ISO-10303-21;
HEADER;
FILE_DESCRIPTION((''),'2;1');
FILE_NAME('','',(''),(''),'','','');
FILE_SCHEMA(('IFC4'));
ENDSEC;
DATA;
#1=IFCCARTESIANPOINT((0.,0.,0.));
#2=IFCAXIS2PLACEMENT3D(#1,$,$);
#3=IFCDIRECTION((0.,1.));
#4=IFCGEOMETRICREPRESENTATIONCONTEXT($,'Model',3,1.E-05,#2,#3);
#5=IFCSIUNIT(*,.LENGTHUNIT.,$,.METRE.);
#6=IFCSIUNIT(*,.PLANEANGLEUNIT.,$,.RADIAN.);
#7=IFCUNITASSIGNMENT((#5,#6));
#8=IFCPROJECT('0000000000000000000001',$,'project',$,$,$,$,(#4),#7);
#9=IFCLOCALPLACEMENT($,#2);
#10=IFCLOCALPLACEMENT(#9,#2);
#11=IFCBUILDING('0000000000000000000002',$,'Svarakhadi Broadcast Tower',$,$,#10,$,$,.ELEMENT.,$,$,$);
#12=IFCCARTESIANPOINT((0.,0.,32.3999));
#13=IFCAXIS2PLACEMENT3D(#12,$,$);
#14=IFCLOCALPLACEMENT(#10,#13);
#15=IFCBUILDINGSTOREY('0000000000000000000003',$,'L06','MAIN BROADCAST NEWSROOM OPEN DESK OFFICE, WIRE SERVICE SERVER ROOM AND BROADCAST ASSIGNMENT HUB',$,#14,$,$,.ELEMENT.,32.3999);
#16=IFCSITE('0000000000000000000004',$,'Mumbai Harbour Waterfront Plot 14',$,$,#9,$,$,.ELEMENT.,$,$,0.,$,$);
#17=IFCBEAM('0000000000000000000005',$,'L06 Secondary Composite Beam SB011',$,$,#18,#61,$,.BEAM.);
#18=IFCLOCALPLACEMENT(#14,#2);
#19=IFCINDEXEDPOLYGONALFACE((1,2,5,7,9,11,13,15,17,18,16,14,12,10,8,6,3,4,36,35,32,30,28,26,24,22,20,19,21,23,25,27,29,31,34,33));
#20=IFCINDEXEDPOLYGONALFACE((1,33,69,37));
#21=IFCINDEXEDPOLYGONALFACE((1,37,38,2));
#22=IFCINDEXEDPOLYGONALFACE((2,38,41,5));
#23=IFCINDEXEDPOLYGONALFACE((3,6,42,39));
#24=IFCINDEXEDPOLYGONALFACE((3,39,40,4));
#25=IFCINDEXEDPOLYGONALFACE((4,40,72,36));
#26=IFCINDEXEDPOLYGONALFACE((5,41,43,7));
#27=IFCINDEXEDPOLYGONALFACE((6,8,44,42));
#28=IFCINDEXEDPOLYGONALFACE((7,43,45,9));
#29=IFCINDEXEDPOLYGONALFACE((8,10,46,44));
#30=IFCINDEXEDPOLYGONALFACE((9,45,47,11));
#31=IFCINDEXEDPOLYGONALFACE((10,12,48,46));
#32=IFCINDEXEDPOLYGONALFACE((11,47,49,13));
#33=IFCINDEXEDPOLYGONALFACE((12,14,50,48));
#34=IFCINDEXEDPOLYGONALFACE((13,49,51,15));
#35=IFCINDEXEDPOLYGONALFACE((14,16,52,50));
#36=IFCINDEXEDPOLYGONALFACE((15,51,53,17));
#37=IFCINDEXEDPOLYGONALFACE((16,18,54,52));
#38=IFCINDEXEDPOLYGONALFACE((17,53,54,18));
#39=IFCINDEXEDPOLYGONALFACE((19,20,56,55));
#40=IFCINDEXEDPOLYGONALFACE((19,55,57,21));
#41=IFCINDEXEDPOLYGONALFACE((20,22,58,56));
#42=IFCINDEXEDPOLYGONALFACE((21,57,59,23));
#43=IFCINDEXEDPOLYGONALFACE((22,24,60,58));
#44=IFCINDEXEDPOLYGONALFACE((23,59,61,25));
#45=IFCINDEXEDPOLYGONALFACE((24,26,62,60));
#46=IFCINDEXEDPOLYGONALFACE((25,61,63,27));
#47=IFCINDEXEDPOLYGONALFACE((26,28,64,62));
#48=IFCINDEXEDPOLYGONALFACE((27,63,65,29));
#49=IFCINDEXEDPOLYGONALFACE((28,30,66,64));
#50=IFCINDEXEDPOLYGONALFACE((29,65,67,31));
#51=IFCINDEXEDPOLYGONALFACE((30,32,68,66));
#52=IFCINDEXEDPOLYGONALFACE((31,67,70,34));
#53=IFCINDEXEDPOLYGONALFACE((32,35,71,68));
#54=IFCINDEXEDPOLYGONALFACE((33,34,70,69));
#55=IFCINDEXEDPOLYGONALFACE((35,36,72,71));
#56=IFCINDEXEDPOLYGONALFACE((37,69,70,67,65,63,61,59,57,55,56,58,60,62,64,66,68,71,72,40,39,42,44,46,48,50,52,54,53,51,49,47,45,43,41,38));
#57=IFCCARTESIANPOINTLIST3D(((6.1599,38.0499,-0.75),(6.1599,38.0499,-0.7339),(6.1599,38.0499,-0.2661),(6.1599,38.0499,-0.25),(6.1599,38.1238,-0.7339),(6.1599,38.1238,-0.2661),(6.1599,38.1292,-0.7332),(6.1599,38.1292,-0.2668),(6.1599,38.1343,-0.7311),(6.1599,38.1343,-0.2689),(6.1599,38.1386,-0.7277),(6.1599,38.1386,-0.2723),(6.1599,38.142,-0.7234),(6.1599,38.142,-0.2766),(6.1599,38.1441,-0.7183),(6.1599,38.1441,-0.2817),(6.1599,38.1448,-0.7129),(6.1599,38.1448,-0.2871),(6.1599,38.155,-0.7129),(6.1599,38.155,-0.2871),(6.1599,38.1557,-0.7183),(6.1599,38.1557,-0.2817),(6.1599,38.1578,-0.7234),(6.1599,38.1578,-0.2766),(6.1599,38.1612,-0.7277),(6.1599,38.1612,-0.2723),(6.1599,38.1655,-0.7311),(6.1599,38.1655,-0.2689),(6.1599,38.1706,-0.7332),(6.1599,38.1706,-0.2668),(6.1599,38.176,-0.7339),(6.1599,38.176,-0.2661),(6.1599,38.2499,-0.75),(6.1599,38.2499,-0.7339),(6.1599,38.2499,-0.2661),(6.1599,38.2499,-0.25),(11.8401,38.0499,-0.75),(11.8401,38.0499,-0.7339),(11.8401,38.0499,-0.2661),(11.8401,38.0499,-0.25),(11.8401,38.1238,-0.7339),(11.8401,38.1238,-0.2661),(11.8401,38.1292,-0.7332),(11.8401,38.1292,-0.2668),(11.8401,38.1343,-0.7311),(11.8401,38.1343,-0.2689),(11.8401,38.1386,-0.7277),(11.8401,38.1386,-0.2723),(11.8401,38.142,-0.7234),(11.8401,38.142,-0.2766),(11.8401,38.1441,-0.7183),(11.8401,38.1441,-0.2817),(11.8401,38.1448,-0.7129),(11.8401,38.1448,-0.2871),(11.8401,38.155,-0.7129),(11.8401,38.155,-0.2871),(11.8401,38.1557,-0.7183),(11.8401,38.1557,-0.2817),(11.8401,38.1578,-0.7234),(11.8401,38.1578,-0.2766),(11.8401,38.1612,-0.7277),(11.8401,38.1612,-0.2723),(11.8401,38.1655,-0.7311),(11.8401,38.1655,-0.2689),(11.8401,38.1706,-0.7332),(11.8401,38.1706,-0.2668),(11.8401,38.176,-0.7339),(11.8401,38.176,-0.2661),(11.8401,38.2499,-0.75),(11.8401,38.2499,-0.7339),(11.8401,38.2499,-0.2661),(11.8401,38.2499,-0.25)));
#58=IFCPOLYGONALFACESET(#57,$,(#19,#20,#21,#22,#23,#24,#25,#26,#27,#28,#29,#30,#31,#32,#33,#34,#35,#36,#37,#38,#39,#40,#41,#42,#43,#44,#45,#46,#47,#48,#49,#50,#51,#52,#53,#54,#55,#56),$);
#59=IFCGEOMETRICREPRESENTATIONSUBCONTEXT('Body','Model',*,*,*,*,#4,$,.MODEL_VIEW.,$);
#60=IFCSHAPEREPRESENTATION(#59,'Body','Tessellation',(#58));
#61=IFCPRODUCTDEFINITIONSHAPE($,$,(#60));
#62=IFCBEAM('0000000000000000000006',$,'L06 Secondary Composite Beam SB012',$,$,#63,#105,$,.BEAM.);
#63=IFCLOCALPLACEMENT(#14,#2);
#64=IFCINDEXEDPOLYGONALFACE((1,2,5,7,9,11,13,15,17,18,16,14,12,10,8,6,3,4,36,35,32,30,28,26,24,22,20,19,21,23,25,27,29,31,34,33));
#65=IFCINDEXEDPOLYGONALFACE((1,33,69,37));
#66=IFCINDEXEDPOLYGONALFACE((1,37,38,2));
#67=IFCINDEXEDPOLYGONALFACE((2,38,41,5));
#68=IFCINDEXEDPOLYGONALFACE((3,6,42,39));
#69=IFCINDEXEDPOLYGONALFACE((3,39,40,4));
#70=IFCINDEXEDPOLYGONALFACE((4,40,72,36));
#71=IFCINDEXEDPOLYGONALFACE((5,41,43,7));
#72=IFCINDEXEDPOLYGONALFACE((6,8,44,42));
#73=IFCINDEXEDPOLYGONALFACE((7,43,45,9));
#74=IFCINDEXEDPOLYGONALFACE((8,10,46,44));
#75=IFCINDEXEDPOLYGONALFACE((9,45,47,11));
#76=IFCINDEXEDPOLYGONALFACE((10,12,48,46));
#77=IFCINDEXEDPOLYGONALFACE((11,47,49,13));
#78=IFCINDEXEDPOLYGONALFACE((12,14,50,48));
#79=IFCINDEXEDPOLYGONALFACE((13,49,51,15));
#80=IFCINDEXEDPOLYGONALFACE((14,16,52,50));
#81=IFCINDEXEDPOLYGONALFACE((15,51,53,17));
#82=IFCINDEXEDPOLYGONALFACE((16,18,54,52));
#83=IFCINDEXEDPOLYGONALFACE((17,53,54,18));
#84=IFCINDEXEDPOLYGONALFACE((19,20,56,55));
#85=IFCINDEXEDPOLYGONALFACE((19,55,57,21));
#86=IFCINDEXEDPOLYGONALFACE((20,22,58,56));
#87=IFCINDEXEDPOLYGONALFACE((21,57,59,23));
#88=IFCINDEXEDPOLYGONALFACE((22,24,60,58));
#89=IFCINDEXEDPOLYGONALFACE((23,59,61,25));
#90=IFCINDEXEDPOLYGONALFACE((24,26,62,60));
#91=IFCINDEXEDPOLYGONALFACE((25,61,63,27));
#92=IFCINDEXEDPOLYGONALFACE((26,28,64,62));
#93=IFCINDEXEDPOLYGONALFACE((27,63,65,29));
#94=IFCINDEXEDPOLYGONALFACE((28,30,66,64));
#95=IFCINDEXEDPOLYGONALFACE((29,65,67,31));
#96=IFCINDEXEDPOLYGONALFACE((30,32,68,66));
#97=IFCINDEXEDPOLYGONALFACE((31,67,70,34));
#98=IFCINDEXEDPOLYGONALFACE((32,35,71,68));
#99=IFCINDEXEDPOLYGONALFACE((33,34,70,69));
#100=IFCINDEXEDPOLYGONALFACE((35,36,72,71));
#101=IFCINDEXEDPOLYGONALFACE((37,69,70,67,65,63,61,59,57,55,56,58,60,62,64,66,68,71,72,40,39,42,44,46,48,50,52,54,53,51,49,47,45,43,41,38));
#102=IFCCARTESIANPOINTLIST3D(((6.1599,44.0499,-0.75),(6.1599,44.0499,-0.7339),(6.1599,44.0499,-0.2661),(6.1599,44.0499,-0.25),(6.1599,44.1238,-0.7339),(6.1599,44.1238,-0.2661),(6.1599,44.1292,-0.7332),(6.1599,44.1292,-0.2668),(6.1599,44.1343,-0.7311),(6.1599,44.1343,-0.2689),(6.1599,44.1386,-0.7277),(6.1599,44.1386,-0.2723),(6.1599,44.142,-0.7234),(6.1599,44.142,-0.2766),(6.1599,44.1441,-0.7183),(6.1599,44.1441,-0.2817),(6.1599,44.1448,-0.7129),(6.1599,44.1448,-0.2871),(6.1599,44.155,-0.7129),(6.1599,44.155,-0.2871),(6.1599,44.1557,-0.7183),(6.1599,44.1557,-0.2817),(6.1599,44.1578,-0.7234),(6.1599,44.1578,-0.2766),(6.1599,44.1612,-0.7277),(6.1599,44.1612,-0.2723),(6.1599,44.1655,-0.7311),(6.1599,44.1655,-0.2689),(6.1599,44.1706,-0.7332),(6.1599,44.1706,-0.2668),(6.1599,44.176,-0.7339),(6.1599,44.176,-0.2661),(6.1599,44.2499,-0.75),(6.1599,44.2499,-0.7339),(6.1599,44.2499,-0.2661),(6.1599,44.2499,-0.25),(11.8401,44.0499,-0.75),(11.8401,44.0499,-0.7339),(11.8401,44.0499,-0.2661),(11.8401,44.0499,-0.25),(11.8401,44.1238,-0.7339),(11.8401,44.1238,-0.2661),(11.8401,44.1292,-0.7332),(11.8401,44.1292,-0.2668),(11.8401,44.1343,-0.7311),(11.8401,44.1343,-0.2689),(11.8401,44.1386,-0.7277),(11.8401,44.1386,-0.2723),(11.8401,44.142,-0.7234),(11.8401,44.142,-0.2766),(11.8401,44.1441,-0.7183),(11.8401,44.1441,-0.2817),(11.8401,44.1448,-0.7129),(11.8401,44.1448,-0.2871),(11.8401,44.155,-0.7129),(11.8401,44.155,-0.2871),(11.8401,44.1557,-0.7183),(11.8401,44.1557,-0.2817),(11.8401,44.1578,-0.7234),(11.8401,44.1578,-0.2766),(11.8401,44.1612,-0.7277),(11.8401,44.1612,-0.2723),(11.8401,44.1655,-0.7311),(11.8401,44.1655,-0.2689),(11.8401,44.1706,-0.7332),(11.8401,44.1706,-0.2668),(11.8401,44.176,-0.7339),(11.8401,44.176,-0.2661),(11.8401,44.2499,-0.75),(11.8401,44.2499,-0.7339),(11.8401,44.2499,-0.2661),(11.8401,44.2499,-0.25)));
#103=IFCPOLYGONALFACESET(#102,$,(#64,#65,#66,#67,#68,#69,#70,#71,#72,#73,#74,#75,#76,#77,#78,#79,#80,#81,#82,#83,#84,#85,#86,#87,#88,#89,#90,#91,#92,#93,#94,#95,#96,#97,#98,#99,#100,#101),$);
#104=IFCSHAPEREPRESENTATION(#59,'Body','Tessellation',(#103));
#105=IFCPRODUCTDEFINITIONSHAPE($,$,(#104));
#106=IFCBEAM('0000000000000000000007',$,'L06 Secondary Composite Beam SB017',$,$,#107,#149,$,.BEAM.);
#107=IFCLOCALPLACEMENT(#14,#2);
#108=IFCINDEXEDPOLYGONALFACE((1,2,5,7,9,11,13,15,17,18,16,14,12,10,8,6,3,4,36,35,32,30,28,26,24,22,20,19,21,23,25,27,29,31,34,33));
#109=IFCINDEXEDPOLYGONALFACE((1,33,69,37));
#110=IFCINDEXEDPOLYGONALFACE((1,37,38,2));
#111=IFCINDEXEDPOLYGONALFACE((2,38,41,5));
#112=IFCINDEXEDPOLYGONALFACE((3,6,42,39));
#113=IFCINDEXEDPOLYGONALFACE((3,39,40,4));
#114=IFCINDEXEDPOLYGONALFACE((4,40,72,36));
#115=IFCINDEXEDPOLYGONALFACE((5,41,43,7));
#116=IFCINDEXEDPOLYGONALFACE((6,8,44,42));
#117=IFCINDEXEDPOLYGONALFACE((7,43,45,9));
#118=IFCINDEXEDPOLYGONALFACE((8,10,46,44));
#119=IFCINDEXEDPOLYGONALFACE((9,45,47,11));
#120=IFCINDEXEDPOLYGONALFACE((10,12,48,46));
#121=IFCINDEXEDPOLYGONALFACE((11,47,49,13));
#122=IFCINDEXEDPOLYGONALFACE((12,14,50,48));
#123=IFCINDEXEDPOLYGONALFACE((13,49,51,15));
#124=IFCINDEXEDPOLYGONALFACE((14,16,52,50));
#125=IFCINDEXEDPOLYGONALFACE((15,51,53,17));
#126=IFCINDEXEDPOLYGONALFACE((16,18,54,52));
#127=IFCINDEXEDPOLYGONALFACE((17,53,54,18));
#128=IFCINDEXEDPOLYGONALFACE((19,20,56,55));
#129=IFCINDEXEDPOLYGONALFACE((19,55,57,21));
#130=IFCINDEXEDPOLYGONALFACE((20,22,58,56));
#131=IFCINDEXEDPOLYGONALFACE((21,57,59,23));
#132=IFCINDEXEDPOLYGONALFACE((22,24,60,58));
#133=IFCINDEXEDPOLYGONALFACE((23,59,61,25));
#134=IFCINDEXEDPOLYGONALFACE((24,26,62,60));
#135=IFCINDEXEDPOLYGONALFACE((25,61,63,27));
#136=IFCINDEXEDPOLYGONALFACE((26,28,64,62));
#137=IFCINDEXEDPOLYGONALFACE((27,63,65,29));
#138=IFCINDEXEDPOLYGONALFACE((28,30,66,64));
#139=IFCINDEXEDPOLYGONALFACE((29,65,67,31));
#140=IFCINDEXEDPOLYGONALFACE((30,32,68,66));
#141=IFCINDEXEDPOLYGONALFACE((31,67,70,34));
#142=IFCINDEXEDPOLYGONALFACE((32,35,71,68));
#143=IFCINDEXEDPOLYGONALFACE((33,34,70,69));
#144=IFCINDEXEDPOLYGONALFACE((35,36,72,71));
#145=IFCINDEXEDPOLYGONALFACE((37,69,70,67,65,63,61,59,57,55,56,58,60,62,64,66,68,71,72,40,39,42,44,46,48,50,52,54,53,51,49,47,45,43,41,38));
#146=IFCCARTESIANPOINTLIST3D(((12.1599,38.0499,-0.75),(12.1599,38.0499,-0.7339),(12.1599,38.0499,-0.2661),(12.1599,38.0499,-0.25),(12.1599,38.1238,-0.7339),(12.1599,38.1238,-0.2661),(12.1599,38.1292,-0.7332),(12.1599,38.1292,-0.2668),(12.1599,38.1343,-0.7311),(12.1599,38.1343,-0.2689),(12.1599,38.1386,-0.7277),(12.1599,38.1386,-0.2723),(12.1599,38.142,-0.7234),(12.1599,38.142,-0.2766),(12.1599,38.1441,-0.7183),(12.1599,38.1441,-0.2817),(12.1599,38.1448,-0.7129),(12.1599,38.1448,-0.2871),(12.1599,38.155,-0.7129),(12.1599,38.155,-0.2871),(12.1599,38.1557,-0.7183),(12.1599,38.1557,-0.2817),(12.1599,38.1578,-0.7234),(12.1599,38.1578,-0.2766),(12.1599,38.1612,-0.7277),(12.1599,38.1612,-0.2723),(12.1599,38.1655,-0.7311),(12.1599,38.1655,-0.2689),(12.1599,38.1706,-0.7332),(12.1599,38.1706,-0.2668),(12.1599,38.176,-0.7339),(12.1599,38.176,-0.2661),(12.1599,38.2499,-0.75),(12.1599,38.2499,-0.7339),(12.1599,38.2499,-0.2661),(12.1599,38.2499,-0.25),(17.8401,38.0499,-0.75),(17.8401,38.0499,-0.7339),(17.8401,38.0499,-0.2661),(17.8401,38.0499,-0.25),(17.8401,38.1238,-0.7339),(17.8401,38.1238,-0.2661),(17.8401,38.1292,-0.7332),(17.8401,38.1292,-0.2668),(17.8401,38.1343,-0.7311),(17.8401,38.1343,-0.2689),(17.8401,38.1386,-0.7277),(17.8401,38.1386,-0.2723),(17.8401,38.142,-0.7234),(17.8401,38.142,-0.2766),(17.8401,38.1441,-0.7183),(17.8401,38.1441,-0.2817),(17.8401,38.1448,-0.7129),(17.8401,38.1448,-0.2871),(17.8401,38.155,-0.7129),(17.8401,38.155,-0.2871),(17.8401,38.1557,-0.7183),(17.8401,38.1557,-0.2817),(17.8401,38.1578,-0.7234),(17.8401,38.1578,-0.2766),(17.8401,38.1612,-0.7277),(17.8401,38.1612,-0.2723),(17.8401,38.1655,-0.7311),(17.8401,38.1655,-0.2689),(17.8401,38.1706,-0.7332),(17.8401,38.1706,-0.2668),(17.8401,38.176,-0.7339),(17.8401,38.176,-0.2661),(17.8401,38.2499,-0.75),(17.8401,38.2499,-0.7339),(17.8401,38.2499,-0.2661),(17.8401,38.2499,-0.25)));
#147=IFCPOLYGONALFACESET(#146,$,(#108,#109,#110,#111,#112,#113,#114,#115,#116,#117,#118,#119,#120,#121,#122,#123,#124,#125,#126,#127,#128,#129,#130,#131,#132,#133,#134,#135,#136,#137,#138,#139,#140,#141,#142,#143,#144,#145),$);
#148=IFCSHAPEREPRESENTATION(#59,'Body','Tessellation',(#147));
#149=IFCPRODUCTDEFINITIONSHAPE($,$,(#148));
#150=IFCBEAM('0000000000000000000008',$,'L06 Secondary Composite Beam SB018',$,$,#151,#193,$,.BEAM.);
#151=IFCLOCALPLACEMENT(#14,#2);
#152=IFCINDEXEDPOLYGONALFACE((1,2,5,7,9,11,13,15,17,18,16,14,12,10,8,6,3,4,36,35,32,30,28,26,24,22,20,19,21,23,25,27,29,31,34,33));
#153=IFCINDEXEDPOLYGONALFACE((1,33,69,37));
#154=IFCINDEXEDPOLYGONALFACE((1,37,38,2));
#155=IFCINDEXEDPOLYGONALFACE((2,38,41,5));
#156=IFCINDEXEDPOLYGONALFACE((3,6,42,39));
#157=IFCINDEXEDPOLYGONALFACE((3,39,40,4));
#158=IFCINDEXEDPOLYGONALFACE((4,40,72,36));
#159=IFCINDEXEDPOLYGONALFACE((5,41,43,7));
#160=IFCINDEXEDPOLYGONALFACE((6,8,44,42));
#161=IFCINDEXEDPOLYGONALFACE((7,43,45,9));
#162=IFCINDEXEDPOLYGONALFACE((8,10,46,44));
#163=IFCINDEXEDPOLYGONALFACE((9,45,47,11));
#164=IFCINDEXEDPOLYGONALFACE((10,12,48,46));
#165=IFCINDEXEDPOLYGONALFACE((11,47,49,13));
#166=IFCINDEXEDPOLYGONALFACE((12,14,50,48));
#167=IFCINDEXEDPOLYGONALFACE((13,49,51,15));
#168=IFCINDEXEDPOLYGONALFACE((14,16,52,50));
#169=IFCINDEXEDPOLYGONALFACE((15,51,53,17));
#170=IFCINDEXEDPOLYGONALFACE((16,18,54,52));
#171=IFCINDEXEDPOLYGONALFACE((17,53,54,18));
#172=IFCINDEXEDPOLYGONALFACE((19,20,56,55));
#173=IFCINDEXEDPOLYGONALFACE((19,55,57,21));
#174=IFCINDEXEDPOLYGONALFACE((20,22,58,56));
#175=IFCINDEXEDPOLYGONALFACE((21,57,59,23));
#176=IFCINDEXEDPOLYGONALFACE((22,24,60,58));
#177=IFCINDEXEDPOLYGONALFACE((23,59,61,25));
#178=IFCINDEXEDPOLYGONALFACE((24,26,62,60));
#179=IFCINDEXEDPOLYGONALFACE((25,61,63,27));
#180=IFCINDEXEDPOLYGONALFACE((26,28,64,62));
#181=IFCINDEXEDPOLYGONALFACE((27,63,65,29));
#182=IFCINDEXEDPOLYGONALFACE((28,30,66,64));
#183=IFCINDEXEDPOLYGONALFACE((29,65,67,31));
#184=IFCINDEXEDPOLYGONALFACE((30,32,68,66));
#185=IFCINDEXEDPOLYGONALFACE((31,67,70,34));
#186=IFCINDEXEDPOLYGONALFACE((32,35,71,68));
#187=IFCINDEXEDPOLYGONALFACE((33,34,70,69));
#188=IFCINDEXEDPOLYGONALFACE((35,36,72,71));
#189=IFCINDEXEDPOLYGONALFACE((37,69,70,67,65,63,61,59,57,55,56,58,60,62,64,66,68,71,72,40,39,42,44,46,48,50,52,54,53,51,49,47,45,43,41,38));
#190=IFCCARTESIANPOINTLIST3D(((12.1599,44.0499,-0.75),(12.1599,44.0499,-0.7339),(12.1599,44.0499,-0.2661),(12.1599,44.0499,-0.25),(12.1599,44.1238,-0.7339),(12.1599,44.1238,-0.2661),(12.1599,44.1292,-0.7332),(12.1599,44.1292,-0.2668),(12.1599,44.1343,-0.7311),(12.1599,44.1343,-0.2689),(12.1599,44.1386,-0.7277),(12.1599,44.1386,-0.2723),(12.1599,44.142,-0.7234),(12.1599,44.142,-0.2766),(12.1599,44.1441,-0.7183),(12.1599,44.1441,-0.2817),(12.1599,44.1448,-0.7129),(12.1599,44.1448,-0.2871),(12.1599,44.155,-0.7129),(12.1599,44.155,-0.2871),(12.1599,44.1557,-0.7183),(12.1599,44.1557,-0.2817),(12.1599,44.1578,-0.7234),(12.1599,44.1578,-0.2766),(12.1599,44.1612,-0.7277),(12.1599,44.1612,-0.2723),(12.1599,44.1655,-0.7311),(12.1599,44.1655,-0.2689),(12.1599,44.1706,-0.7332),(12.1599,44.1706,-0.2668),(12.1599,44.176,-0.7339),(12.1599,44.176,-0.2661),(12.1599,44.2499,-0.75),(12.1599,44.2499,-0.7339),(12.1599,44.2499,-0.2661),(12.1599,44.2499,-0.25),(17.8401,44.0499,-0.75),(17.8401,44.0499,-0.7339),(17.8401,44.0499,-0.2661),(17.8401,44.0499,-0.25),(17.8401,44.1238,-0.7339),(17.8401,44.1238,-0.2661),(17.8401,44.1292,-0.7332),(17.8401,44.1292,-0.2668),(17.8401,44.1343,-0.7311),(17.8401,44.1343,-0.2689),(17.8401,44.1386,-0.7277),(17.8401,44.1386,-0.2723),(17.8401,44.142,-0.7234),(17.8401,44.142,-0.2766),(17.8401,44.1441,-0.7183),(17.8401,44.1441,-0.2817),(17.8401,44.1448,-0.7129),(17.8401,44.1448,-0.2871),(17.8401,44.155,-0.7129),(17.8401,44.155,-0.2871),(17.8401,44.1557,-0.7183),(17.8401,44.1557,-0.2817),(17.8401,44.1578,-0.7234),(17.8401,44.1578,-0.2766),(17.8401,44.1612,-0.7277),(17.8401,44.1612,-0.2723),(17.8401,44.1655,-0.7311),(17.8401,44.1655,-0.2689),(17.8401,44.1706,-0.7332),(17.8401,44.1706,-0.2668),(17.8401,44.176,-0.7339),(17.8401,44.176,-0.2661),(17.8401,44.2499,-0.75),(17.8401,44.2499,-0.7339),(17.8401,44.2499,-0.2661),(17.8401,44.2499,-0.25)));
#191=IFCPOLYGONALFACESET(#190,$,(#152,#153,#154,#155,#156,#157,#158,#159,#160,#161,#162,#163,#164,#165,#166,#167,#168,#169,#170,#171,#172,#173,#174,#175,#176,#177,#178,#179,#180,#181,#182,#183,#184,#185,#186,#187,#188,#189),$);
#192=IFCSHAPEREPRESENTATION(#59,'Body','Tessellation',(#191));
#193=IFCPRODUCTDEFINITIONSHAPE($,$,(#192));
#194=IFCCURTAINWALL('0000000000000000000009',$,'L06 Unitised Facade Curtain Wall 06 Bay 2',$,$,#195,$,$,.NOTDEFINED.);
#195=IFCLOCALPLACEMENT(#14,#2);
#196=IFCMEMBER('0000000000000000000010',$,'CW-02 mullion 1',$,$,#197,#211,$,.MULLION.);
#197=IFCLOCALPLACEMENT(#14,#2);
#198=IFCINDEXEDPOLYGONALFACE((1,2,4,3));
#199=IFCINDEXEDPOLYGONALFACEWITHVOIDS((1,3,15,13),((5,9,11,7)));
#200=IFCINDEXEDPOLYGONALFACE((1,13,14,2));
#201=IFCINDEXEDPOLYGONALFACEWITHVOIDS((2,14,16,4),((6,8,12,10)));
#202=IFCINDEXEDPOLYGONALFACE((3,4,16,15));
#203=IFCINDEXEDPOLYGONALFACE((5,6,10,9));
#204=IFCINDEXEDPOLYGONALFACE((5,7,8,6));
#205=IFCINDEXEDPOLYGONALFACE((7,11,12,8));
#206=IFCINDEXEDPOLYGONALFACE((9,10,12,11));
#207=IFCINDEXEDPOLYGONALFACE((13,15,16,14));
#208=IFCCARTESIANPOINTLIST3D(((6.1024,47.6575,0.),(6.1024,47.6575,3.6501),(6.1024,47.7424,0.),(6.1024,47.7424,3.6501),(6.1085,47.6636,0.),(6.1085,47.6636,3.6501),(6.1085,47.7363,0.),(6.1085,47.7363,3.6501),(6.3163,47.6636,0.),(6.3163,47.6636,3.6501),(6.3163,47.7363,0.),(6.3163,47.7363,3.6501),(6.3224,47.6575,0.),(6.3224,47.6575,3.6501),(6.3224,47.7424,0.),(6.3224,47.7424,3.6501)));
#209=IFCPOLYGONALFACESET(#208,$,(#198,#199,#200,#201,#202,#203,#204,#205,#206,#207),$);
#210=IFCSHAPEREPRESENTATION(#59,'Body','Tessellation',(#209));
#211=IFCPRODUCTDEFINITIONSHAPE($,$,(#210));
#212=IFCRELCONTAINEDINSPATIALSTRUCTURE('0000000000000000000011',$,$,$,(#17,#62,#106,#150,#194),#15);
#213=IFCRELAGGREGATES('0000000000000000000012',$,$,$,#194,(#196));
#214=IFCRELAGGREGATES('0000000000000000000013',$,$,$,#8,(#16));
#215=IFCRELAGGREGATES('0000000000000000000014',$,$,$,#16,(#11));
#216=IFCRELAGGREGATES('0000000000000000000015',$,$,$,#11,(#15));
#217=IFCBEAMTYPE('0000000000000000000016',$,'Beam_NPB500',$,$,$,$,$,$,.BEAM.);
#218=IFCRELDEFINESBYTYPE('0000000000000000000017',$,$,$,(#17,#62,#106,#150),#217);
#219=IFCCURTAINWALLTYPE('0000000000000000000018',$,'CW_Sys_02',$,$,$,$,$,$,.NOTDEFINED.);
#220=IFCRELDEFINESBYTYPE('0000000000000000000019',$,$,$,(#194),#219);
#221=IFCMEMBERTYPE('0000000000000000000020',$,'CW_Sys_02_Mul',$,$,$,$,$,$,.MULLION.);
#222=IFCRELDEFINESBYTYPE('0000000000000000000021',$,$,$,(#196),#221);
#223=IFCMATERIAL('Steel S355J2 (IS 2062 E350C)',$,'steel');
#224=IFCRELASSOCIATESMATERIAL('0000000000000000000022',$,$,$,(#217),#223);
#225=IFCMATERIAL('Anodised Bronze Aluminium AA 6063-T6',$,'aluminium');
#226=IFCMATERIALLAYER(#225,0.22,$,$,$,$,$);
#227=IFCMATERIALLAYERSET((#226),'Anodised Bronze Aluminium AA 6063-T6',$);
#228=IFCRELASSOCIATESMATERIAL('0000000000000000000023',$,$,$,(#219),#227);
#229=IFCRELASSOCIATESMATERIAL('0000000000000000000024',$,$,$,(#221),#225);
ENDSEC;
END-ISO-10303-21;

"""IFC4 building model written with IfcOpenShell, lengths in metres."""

from ifc_helpers import new_model, si_unit, direction, frame, origin, origin_2d, place, context, subcontext, project, spatial, hollow_rectangle, i_section, extrude, material, layer, layer_set, material_profile, profile_set, type_object, element, aggregate, save


model = new_model("IFC4")

# Units and contexts
model_context = context("Model", 3, precision=1e-05, world=origin(), true_north=direction((0.0, 1.0)))
body_context = subcontext(model_context, "Body", "Model", "MODEL_VIEW")
ifc_project = project(units=[si_unit("LENGTHUNIT", "METRE"), si_unit("PLANEANGLEUNIT", "RADIAN")], contexts=[model_context])

# Site, building, storey
site_placement = place(None, origin())
site = spatial("IfcSite", under=ifc_project, at=site_placement, Name="Mumbai Harbour Waterfront Plot 14", CompositionType="ELEMENT", RefElevation=0.0)
building_placement = place(site_placement, origin())
building = spatial("IfcBuilding", under=site, at=building_placement, Name="Svarakhadi Broadcast Tower", CompositionType="ELEMENT")
storey_placement = place(building_placement, frame((0.0, 0.0, 32.3999)))
storey = spatial("IfcBuildingStorey", under=building, at=storey_placement, Name="L06", Description="MAIN BROADCAST NEWSROOM OPEN DESK OFFICE, WIRE SERVICE SERVER ROOM AND BROADCAST ASSIGNMENT HUB", CompositionType="ELEMENT", Elevation=32.3999)

# Beams
ifc_material_1 = material(Name="Steel S355J2 (IS 2062 E350C)", Category="steel")
ifc_material_profile_1 = material_profile(ifc_material_1, i_section(OverallWidth=0.2, OverallDepth=0.5, WebThickness=0.0103, FlangeThickness=0.0161, FilletRadius=0.021, at=origin_2d()), Name="NPB 500x200x91")
ifc_profile_set_1 = profile_set([ifc_material_profile_1], Name="Steel S355J2 (IS 2062 E350C)")
beam_type_1 = type_object("IfcBeamType", Name="Beam_NPB500", PredefinedType="BEAM", material=ifc_profile_set_1)
for number, where, z_axis, x_axis, name in (
    (1, (6.1599, 38.1499, -0.5), (1.0, 0.0, 0.0), (0.0, 1.0, 0.0), "L06 Secondary Composite Beam SB011"),
    (2, (6.1599, 44.1499, -0.5), (1.0, 0.0, 0.0), (0.0, 1.0, 0.0), "L06 Secondary Composite Beam SB012"),
    (3, (12.1599, 38.1499, -0.5), (1.0, 0.0, 0.0), (0.0, 1.0, 0.0), "L06 Secondary Composite Beam SB017"),
    (4, (12.1599, 44.1499, -0.5), (1.0, 0.0, 0.0), (0.0, 1.0, 0.0), "L06 Secondary Composite Beam SB018"),
):
    element("IfcBeam", number, at=place(storey_placement, frame(where, z_axis=z_axis, x_axis=x_axis)), inside=storey, type_object=beam_type_1, Name=name, PredefinedType="BEAM", context=body_context, shape_type="SweptSolid", body=[
        extrude(i_section(OverallWidth=0.2, OverallDepth=0.5, WebThickness=0.0103, FlangeThickness=0.0161, FilletRadius=0.021, at=origin_2d()), origin(), (0.0, 0.0, 1.0), 5.6802),
    ])

# Curtain wall, member
ifc_material_2 = material(Name="Anodised Bronze Aluminium AA 6063-T6", Category="aluminium")
ifc_layer_1 = layer(ifc_material_2, 0.22)
ifc_layer_set_1 = layer_set([ifc_layer_1], Name="Anodised Bronze Aluminium AA 6063-T6")
curtain_wall_type = type_object("IfcCurtainWallType", Name="CW_Sys_02", PredefinedType="NOTDEFINED", material=ifc_layer_set_1)
curtain_wall_1_placement = place(storey_placement, origin())
curtain_wall_1 = element("IfcCurtainWall", 5, at=curtain_wall_1_placement, inside=storey, type_object=curtain_wall_type, Name="L06 Unitised Facade Curtain Wall 06 Bay 2", PredefinedType="NOTDEFINED")
ifc_material_profile_2 = material_profile(ifc_material_2, hollow_rectangle(XDim=0.085, YDim=0.22, WallThickness=0.0061, at=origin_2d()), Name="ALU MULLION 220x85x6")
ifc_profile_set_2 = profile_set([ifc_material_profile_2], Name="Anodised Bronze Aluminium AA 6063-T6")
member_type_1 = type_object("IfcMemberType", Name="CW_Sys_02_Mul", PredefinedType="MULLION", material=ifc_profile_set_2)
member_1_placement = place(storey_placement, frame((6.2124, 47.7, 0.0), z_axis=(0.0, 0.0, 1.0), x_axis=(0.0, 1.0, 0.0)))
member_1 = element("IfcMember", 6, at=member_1_placement, type_object=member_type_1, Name="CW-02 mullion 1", PredefinedType="MULLION", context=body_context, shape_type="SweptSolid", body=[
    extrude(hollow_rectangle(XDim=0.085, YDim=0.22, WallThickness=0.0061, at=origin_2d()), origin(), (0.0, 0.0, 1.0), 3.6501),
])

aggregate(curtain_wall_1, [member_1])

save(model, "model.ifc")
